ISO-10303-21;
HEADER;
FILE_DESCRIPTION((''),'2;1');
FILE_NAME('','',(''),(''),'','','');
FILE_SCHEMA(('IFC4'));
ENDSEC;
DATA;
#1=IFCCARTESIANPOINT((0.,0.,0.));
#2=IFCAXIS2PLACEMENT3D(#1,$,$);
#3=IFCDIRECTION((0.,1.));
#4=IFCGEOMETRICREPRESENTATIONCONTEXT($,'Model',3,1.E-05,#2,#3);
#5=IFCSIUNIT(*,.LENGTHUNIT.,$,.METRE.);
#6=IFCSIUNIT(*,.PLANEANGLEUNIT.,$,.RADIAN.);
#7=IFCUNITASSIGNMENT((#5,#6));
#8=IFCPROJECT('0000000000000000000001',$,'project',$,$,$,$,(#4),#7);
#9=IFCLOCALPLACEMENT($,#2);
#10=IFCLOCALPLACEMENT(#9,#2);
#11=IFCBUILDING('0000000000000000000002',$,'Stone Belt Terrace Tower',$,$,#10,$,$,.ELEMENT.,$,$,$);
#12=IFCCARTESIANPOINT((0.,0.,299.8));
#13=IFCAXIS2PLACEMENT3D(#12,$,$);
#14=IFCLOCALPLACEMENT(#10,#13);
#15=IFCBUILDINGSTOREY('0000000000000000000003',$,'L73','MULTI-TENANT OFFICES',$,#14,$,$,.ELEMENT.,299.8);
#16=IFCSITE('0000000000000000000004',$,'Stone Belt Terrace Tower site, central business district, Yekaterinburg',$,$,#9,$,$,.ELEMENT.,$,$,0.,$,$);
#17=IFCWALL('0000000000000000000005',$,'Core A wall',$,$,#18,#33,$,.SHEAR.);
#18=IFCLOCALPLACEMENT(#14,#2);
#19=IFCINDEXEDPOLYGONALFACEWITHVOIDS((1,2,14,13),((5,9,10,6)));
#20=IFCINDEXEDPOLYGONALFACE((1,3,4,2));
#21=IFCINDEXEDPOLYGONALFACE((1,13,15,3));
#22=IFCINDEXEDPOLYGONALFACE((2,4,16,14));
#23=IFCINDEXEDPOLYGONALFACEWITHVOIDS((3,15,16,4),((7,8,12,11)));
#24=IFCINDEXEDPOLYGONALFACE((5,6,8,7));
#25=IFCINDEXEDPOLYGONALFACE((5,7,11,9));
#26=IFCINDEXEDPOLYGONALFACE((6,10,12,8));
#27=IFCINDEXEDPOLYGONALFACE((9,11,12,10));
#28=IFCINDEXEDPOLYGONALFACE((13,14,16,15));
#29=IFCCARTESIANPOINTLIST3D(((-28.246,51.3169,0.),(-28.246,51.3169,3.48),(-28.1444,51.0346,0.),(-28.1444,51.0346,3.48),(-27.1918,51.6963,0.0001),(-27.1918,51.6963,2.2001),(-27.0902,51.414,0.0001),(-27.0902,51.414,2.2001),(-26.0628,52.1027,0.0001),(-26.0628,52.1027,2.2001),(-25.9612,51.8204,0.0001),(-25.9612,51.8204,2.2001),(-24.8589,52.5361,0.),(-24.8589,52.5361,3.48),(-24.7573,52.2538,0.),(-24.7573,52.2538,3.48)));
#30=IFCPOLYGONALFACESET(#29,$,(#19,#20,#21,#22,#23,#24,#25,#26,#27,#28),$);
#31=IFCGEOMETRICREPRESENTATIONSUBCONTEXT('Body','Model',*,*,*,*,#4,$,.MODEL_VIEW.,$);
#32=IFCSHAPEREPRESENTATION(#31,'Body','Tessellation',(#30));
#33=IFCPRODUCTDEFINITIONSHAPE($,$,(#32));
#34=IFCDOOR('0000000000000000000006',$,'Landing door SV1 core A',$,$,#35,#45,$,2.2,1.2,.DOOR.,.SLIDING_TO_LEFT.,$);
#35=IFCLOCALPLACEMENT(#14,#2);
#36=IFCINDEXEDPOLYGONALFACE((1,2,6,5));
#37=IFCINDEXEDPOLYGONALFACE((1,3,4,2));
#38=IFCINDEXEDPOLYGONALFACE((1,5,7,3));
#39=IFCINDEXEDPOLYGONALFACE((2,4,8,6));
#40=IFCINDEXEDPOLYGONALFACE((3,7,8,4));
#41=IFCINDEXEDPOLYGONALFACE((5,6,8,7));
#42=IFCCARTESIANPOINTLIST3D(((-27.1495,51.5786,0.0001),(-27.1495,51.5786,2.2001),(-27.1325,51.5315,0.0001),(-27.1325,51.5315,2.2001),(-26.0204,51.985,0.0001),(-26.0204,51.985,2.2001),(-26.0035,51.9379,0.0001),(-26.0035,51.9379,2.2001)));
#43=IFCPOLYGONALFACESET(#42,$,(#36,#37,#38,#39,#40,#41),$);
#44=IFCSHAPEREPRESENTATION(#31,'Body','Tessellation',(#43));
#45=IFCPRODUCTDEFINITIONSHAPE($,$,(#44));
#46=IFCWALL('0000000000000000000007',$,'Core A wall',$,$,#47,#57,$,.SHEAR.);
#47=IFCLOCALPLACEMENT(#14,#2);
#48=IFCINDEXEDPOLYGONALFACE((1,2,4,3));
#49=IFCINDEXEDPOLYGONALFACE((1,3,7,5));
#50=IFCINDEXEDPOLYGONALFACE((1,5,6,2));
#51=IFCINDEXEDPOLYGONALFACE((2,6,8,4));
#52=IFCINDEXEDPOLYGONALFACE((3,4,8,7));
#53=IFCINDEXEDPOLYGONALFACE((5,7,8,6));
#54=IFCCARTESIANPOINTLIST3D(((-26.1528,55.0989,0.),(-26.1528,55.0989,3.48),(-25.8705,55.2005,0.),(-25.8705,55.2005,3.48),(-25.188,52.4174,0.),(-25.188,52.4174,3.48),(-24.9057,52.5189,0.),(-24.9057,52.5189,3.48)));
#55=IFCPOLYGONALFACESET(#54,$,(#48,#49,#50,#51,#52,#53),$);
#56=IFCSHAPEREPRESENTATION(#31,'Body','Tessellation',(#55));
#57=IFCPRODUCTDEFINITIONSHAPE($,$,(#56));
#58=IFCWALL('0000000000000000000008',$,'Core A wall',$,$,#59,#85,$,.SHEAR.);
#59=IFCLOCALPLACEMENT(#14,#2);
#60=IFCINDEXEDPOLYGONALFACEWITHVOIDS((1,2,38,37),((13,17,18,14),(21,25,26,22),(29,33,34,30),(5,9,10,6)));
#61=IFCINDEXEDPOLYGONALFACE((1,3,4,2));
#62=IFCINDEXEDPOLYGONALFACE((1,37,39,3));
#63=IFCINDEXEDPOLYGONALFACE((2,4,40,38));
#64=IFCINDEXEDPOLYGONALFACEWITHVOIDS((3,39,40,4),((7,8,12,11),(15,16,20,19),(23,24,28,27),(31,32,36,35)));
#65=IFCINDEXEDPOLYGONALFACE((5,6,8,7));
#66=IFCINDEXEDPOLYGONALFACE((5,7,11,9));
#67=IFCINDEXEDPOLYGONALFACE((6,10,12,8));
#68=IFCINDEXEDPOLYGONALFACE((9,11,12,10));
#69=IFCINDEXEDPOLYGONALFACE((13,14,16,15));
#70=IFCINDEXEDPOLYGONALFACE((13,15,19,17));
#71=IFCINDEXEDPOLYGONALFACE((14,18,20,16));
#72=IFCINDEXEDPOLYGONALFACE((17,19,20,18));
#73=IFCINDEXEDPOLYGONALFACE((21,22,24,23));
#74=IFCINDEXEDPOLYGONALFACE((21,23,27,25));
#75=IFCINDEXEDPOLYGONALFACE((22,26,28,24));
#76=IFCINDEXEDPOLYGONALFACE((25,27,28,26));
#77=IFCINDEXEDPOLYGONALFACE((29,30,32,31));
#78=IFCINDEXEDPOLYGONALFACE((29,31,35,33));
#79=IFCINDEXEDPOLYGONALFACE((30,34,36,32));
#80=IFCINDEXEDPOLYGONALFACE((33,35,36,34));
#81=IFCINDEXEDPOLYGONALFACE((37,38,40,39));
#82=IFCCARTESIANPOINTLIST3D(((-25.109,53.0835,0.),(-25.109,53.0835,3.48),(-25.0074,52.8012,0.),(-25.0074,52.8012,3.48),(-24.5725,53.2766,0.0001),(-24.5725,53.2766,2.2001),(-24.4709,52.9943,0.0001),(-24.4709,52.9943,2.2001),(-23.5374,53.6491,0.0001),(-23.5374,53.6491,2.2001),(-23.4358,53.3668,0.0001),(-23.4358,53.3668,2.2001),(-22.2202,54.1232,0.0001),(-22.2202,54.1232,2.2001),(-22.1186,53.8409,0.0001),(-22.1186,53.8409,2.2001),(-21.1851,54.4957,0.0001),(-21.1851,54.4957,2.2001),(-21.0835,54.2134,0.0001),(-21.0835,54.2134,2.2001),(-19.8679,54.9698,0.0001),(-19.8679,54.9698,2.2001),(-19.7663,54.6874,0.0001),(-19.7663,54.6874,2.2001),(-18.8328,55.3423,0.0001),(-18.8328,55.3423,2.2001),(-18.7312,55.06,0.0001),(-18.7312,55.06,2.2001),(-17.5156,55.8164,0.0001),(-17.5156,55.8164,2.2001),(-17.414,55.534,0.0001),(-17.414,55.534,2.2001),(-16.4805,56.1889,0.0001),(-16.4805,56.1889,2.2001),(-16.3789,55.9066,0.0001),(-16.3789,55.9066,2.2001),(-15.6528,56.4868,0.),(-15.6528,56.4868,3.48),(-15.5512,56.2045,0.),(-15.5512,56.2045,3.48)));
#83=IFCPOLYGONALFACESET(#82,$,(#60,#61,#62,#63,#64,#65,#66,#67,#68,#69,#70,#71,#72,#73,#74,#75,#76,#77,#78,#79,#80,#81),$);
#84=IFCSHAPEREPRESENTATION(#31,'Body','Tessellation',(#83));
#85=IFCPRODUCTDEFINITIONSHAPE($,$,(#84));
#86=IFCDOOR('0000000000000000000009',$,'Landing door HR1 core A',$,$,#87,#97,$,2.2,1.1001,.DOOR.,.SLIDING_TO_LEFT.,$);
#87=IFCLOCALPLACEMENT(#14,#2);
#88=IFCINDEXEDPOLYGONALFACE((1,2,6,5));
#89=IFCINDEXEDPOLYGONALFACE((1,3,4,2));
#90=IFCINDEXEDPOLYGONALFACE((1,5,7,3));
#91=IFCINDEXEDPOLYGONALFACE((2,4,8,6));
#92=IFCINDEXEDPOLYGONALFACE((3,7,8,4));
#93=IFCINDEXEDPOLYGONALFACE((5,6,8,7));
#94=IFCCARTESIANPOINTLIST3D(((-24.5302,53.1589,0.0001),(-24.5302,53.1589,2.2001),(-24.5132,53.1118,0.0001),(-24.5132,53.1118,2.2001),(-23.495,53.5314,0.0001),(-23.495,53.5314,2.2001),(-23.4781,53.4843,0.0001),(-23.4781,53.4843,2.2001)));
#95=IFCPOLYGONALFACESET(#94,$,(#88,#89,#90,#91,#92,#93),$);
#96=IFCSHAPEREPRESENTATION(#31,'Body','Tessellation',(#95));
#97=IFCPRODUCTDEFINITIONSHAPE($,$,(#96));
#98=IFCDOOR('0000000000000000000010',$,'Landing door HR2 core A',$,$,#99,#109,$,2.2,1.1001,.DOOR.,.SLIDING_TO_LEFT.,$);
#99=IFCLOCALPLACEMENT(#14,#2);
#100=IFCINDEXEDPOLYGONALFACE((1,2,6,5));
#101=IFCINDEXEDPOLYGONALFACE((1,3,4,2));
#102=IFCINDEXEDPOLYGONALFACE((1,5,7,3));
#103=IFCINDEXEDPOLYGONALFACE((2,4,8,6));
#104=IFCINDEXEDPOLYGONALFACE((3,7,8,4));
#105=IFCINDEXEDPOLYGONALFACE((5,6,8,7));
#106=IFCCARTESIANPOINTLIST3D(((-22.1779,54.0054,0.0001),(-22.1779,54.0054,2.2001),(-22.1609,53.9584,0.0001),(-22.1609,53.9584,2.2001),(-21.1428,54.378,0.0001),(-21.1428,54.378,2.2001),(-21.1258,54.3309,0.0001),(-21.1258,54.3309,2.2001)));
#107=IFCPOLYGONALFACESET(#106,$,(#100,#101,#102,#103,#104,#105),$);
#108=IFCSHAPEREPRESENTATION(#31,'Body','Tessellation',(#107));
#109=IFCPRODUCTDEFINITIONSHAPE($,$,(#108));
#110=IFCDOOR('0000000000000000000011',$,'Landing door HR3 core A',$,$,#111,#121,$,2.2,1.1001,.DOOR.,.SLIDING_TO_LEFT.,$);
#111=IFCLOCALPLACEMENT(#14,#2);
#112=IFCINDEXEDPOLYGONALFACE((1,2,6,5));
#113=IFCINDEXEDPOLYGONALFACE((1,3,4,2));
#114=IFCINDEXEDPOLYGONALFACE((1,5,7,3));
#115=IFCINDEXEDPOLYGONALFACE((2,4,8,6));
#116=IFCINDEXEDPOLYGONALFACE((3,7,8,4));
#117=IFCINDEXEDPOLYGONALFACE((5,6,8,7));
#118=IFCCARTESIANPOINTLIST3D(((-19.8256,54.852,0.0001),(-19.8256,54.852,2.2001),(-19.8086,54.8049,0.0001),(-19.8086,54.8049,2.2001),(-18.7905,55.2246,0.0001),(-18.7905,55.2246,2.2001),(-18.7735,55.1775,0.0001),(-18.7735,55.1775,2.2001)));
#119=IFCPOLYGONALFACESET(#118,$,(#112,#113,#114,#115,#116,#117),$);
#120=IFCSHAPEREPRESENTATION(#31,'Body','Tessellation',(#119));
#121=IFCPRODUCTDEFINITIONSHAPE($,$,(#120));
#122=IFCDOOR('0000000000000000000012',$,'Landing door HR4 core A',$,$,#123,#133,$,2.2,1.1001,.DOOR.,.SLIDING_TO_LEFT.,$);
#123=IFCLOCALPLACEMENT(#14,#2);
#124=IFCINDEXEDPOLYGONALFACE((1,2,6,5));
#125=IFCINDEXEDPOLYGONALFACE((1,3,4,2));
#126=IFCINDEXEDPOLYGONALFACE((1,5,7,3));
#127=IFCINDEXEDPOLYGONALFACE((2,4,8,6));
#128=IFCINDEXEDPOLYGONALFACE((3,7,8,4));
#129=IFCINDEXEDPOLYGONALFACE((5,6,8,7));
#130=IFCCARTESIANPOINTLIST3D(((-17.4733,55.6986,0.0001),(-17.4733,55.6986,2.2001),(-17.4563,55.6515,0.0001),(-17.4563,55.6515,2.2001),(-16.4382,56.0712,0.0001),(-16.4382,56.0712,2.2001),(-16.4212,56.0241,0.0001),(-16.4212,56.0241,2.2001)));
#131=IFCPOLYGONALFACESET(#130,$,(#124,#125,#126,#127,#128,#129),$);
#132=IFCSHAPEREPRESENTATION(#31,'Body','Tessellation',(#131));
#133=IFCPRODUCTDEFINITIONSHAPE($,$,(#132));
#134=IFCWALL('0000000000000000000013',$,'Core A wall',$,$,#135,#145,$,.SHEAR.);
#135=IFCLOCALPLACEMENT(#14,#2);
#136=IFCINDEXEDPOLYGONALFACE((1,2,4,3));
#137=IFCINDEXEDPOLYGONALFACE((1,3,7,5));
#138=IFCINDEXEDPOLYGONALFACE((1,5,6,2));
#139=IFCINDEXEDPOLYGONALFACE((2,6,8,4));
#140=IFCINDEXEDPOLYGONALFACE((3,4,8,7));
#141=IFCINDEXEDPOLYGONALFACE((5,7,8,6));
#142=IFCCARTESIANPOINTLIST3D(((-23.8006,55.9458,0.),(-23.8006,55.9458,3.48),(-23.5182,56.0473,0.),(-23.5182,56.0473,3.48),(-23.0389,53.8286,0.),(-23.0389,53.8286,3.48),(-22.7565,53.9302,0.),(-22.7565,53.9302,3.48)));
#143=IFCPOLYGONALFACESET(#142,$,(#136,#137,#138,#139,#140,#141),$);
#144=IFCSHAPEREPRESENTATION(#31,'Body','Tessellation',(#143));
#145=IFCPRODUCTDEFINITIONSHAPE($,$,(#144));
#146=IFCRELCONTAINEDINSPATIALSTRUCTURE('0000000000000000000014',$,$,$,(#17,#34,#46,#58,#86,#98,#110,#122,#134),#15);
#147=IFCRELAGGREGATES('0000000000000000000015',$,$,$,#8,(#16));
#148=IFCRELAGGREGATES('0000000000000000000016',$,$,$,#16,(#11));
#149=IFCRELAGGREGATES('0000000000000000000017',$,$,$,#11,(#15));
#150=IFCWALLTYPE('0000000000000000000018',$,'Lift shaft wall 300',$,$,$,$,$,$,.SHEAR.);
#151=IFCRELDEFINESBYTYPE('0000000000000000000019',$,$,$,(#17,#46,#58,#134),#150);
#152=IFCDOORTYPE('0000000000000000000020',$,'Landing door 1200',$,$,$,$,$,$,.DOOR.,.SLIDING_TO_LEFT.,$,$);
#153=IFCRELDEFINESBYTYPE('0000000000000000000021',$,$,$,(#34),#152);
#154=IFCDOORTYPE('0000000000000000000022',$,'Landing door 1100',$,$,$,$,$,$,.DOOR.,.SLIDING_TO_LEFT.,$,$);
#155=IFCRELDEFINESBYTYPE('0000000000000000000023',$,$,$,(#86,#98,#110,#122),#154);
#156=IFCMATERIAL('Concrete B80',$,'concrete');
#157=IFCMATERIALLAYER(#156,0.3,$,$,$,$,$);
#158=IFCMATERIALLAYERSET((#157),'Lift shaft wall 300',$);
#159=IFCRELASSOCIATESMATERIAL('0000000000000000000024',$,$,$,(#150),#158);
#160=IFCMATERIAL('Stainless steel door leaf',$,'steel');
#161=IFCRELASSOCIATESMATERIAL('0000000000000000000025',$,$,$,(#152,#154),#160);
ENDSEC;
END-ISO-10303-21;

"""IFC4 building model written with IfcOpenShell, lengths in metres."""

from ifc_helpers import new_model, si_unit, direction, frame, frame_2d, origin, place, context, subcontext, project, spatial, rectangle, extrude, material, layer, layer_set, type_object, element, fill, save


model = new_model("IFC4")

# Units and contexts
model_context = context("Model", 3, precision=1e-05, world=origin(), true_north=direction((0.0, 1.0)))
body_context = subcontext(model_context, "Body", "Model", "MODEL_VIEW")
ifc_project = project(units=[si_unit("LENGTHUNIT", "METRE"), si_unit("PLANEANGLEUNIT", "RADIAN")], contexts=[model_context])

# Site, building, storey
site_placement = place(None, origin())
site = spatial("IfcSite", under=ifc_project, at=site_placement, Name="Stone Belt Terrace Tower site, central business district, Yekaterinburg", CompositionType="ELEMENT", RefElevation=0.0)
building_placement = place(site_placement, origin())
building = spatial("IfcBuilding", under=site, at=building_placement, Name="Stone Belt Terrace Tower", CompositionType="ELEMENT")
storey_placement = place(building_placement, frame((0.0, 0.0, 299.8)))
storey = spatial("IfcBuildingStorey", under=building, at=storey_placement, Name="L73", Description="MULTI-TENANT OFFICES", CompositionType="ELEMENT", Elevation=299.8)

# Shared definitions
ifc_material_1 = material(Name="Concrete B80", Category="concrete")

# Wall, opening, door
ifc_layer_1 = layer(ifc_material_1, 0.3)
ifc_layer_set_1 = layer_set([ifc_layer_1], Name="Lift shaft wall 300")
wall_type_1 = type_object("IfcWallType", Name="Lift shaft wall 300", PredefinedType="SHEAR", material=ifc_layer_set_1)
wall_1_placement = place(storey_placement, frame((-28.1951, 51.1758, 0.0), z_axis=(0.0, 0.0, 1.0), x_axis=(0.940901, 0.338681, 0.0)))
wall_1 = element("IfcWall", 1, at=wall_1_placement, inside=storey, type_object=wall_type_1, Name="Core A wall", PredefinedType="SHEAR", context=body_context, shape_type="SweptSolid", body=[
    extrude(rectangle(XDim=3.5999, YDim=0.3, at=frame_2d((1.7998, 0.0))), origin(), (0.0, 0.0, 1.0), 3.48),
])
opening_1_placement = place(wall_1_placement, frame((1.1201, 0.0, 0.0)))
opening_1 = element("IfcOpeningElement", 2, at=opening_1_placement, cuts=wall_1, PredefinedType="OPENING", context=body_context, shape_type="SweptSolid", body=[
    extrude(rectangle(XDim=1.2, YDim=2.2, at=frame_2d((0.6001, 1.1001))), frame((0.0, 0.1599, 0.0), z_axis=(0.0, -1.0, 0.0), x_axis=(1.0, 0.0, 0.0)), (0.0, 0.0, 1.0), 0.3201),
])
ifc_material_2 = material(Name="Stainless steel door leaf", Category="steel")
door_type_1 = type_object("IfcDoorType", Name="Landing door 1200", OperationType="SLIDING_TO_LEFT", PredefinedType="DOOR", material=ifc_material_2)
door_1_placement = place(opening_1_placement, origin())
door_1 = element("IfcDoor", 3, at=door_1_placement, inside=storey, type_object=door_type_1, Name="Landing door SV1 core A", OperationType="SLIDING_TO_LEFT", OverallHeight=2.2, OverallWidth=1.2, PredefinedType="DOOR", context=body_context, shape_type="SweptSolid", body=[
    extrude(rectangle(XDim=1.2, YDim=2.2, at=frame_2d((0.6001, 1.1001))), frame((0.0, 0.0249, 0.0), z_axis=(0.0, -1.0, 0.0), x_axis=(1.0, 0.0, 0.0)), (0.0, 0.0, 1.0), 0.05),
])
fill(opening_1, door_1)

# Wall
wall_2_placement = place(storey_placement, frame((-25.0469, 52.4683, 0.0), z_axis=(0.0, 0.0, 1.0), x_axis=(-0.33855, 0.940949, 0.0)))
element("IfcWall", 4, at=wall_2_placement, inside=storey, type_object=wall_type_1, Name="Core A wall", PredefinedType="SHEAR", context=body_context, shape_type="SweptSolid", body=[
    extrude(rectangle(XDim=2.8499, YDim=0.3, at=frame_2d((1.4248, 0.0))), origin(), (0.0, 0.0, 1.0), 3.48),
])

# Wall, openings, doors
wall_3_placement = place(storey_placement, frame((-25.0581, 52.9424, 0.0), z_axis=(0.0, 0.0, 1.0), x_axis=(0.940917, 0.338636, 0.0)))
wall_3 = element("IfcWall", 5, at=wall_3_placement, inside=storey, type_object=wall_type_1, Name="Core A wall", PredefinedType="SHEAR", context=body_context, shape_type="SweptSolid", body=[
    extrude(rectangle(XDim=10.05, YDim=0.3, at=frame_2d((5.0249, 0.0))), origin(), (0.0, 0.0, 1.0), 3.48),
])
opening_2_placement = place(wall_3_placement, frame((0.5701, 0.0, 0.0)))
opening_2 = element("IfcOpeningElement", 6, at=opening_2_placement, cuts=wall_3, PredefinedType="OPENING", context=body_context, shape_type="SweptSolid", body=[
    extrude(rectangle(XDim=1.1001, YDim=2.2, at=frame_2d((0.55, 1.1001))), frame((0.0, 0.1599, 0.0), z_axis=(0.0, -1.0, 0.0), x_axis=(1.0, 0.0, 0.0)), (0.0, 0.0, 1.0), 0.3201),
])
opening_3_placement = place(wall_3_placement, frame((3.0701, 0.0, 0.0)))
opening_3 = element("IfcOpeningElement", 7, at=opening_3_placement, cuts=wall_3, PredefinedType="OPENING", context=body_context, shape_type="SweptSolid", body=[
    extrude(rectangle(XDim=1.1001, YDim=2.2, at=frame_2d((0.55, 1.1001))), frame((0.0, 0.1599, 0.0), z_axis=(0.0, -1.0, 0.0), x_axis=(1.0, 0.0, 0.0)), (0.0, 0.0, 1.0), 0.3201),
])
opening_4_placement = place(wall_3_placement, frame((5.5701, 0.0, 0.0)))
opening_4 = element("IfcOpeningElement", 8, at=opening_4_placement, cuts=wall_3, PredefinedType="OPENING", context=body_context, shape_type="SweptSolid", body=[
    extrude(rectangle(XDim=1.1001, YDim=2.2, at=frame_2d((0.55, 1.1001))), frame((0.0, 0.1599, 0.0), z_axis=(0.0, -1.0, 0.0), x_axis=(1.0, 0.0, 0.0)), (0.0, 0.0, 1.0), 0.3201),
])
opening_5_placement = place(wall_3_placement, frame((8.0701, 0.0, 0.0)))
opening_5 = element("IfcOpeningElement", 9, at=opening_5_placement, cuts=wall_3, PredefinedType="OPENING", context=body_context, shape_type="SweptSolid", body=[
    extrude(rectangle(XDim=1.1001, YDim=2.2, at=frame_2d((0.55, 1.1001))), frame((0.0, 0.1599, 0.0), z_axis=(0.0, -1.0, 0.0), x_axis=(1.0, 0.0, 0.0)), (0.0, 0.0, 1.0), 0.3201),
])
door_type_2 = type_object("IfcDoorType", Name="Landing door 1100", OperationType="SLIDING_TO_LEFT", PredefinedType="DOOR", material=ifc_material_2)
door_2_placement = place(opening_2_placement, origin())
door_2 = element("IfcDoor", 10, at=door_2_placement, inside=storey, type_object=door_type_2, Name="Landing door HR1 core A", OperationType="SLIDING_TO_LEFT", OverallHeight=2.2, OverallWidth=1.1001, PredefinedType="DOOR", context=body_context, shape_type="SweptSolid", body=[
    extrude(rectangle(XDim=1.1001, YDim=2.2, at=frame_2d((0.55, 1.1001))), frame((0.0, 0.0249, 0.0), z_axis=(0.0, -1.0, 0.0), x_axis=(1.0, 0.0, 0.0)), (0.0, 0.0, 1.0), 0.05),
])
fill(opening_2, door_2)
door_3_placement = place(opening_3_placement, origin())
door_3 = element("IfcDoor", 11, at=door_3_placement, inside=storey, type_object=door_type_2, Name="Landing door HR2 core A", OperationType="SLIDING_TO_LEFT", OverallHeight=2.2, OverallWidth=1.1001, PredefinedType="DOOR", context=body_context, shape_type="SweptSolid", body=[
    extrude(rectangle(XDim=1.1001, YDim=2.2, at=frame_2d((0.55, 1.1001))), frame((0.0, 0.0249, 0.0), z_axis=(0.0, -1.0, 0.0), x_axis=(1.0, 0.0, 0.0)), (0.0, 0.0, 1.0), 0.05),
])
fill(opening_3, door_3)
door_4_placement = place(opening_4_placement, origin())
door_4 = element("IfcDoor", 12, at=door_4_placement, inside=storey, type_object=door_type_2, Name="Landing door HR3 core A", OperationType="SLIDING_TO_LEFT", OverallHeight=2.2, OverallWidth=1.1001, PredefinedType="DOOR", context=body_context, shape_type="SweptSolid", body=[
    extrude(rectangle(XDim=1.1001, YDim=2.2, at=frame_2d((0.55, 1.1001))), frame((0.0, 0.0249, 0.0), z_axis=(0.0, -1.0, 0.0), x_axis=(1.0, 0.0, 0.0)), (0.0, 0.0, 1.0), 0.05),
])
fill(opening_4, door_4)
door_5_placement = place(opening_5_placement, origin())
door_5 = element("IfcDoor", 13, at=door_5_placement, inside=storey, type_object=door_type_2, Name="Landing door HR4 core A", OperationType="SLIDING_TO_LEFT", OverallHeight=2.2, OverallWidth=1.1001, PredefinedType="DOOR", context=body_context, shape_type="SweptSolid", body=[
    extrude(rectangle(XDim=1.1001, YDim=2.2, at=frame_2d((0.55, 1.1001))), frame((0.0, 0.0249, 0.0), z_axis=(0.0, -1.0, 0.0), x_axis=(1.0, 0.0, 0.0)), (0.0, 0.0, 1.0), 0.05),
])
fill(opening_5, door_5)

# Wall
wall_4_placement = place(storey_placement, frame((-22.8977, 53.8794, 0.0), z_axis=(0.0, 0.0, 1.0), x_axis=(-0.338535, 0.940954, 0.0)))
element("IfcWall", 14, at=wall_4_placement, inside=storey, type_object=wall_type_1, Name="Core A wall", PredefinedType="SHEAR", context=body_context, shape_type="SweptSolid", body=[
    extrude(rectangle(XDim=2.25, YDim=0.3, at=frame_2d((1.125, 0.0))), origin(), (0.0, 0.0, 1.0), 3.48),
])

save(model, "model.ifc")
